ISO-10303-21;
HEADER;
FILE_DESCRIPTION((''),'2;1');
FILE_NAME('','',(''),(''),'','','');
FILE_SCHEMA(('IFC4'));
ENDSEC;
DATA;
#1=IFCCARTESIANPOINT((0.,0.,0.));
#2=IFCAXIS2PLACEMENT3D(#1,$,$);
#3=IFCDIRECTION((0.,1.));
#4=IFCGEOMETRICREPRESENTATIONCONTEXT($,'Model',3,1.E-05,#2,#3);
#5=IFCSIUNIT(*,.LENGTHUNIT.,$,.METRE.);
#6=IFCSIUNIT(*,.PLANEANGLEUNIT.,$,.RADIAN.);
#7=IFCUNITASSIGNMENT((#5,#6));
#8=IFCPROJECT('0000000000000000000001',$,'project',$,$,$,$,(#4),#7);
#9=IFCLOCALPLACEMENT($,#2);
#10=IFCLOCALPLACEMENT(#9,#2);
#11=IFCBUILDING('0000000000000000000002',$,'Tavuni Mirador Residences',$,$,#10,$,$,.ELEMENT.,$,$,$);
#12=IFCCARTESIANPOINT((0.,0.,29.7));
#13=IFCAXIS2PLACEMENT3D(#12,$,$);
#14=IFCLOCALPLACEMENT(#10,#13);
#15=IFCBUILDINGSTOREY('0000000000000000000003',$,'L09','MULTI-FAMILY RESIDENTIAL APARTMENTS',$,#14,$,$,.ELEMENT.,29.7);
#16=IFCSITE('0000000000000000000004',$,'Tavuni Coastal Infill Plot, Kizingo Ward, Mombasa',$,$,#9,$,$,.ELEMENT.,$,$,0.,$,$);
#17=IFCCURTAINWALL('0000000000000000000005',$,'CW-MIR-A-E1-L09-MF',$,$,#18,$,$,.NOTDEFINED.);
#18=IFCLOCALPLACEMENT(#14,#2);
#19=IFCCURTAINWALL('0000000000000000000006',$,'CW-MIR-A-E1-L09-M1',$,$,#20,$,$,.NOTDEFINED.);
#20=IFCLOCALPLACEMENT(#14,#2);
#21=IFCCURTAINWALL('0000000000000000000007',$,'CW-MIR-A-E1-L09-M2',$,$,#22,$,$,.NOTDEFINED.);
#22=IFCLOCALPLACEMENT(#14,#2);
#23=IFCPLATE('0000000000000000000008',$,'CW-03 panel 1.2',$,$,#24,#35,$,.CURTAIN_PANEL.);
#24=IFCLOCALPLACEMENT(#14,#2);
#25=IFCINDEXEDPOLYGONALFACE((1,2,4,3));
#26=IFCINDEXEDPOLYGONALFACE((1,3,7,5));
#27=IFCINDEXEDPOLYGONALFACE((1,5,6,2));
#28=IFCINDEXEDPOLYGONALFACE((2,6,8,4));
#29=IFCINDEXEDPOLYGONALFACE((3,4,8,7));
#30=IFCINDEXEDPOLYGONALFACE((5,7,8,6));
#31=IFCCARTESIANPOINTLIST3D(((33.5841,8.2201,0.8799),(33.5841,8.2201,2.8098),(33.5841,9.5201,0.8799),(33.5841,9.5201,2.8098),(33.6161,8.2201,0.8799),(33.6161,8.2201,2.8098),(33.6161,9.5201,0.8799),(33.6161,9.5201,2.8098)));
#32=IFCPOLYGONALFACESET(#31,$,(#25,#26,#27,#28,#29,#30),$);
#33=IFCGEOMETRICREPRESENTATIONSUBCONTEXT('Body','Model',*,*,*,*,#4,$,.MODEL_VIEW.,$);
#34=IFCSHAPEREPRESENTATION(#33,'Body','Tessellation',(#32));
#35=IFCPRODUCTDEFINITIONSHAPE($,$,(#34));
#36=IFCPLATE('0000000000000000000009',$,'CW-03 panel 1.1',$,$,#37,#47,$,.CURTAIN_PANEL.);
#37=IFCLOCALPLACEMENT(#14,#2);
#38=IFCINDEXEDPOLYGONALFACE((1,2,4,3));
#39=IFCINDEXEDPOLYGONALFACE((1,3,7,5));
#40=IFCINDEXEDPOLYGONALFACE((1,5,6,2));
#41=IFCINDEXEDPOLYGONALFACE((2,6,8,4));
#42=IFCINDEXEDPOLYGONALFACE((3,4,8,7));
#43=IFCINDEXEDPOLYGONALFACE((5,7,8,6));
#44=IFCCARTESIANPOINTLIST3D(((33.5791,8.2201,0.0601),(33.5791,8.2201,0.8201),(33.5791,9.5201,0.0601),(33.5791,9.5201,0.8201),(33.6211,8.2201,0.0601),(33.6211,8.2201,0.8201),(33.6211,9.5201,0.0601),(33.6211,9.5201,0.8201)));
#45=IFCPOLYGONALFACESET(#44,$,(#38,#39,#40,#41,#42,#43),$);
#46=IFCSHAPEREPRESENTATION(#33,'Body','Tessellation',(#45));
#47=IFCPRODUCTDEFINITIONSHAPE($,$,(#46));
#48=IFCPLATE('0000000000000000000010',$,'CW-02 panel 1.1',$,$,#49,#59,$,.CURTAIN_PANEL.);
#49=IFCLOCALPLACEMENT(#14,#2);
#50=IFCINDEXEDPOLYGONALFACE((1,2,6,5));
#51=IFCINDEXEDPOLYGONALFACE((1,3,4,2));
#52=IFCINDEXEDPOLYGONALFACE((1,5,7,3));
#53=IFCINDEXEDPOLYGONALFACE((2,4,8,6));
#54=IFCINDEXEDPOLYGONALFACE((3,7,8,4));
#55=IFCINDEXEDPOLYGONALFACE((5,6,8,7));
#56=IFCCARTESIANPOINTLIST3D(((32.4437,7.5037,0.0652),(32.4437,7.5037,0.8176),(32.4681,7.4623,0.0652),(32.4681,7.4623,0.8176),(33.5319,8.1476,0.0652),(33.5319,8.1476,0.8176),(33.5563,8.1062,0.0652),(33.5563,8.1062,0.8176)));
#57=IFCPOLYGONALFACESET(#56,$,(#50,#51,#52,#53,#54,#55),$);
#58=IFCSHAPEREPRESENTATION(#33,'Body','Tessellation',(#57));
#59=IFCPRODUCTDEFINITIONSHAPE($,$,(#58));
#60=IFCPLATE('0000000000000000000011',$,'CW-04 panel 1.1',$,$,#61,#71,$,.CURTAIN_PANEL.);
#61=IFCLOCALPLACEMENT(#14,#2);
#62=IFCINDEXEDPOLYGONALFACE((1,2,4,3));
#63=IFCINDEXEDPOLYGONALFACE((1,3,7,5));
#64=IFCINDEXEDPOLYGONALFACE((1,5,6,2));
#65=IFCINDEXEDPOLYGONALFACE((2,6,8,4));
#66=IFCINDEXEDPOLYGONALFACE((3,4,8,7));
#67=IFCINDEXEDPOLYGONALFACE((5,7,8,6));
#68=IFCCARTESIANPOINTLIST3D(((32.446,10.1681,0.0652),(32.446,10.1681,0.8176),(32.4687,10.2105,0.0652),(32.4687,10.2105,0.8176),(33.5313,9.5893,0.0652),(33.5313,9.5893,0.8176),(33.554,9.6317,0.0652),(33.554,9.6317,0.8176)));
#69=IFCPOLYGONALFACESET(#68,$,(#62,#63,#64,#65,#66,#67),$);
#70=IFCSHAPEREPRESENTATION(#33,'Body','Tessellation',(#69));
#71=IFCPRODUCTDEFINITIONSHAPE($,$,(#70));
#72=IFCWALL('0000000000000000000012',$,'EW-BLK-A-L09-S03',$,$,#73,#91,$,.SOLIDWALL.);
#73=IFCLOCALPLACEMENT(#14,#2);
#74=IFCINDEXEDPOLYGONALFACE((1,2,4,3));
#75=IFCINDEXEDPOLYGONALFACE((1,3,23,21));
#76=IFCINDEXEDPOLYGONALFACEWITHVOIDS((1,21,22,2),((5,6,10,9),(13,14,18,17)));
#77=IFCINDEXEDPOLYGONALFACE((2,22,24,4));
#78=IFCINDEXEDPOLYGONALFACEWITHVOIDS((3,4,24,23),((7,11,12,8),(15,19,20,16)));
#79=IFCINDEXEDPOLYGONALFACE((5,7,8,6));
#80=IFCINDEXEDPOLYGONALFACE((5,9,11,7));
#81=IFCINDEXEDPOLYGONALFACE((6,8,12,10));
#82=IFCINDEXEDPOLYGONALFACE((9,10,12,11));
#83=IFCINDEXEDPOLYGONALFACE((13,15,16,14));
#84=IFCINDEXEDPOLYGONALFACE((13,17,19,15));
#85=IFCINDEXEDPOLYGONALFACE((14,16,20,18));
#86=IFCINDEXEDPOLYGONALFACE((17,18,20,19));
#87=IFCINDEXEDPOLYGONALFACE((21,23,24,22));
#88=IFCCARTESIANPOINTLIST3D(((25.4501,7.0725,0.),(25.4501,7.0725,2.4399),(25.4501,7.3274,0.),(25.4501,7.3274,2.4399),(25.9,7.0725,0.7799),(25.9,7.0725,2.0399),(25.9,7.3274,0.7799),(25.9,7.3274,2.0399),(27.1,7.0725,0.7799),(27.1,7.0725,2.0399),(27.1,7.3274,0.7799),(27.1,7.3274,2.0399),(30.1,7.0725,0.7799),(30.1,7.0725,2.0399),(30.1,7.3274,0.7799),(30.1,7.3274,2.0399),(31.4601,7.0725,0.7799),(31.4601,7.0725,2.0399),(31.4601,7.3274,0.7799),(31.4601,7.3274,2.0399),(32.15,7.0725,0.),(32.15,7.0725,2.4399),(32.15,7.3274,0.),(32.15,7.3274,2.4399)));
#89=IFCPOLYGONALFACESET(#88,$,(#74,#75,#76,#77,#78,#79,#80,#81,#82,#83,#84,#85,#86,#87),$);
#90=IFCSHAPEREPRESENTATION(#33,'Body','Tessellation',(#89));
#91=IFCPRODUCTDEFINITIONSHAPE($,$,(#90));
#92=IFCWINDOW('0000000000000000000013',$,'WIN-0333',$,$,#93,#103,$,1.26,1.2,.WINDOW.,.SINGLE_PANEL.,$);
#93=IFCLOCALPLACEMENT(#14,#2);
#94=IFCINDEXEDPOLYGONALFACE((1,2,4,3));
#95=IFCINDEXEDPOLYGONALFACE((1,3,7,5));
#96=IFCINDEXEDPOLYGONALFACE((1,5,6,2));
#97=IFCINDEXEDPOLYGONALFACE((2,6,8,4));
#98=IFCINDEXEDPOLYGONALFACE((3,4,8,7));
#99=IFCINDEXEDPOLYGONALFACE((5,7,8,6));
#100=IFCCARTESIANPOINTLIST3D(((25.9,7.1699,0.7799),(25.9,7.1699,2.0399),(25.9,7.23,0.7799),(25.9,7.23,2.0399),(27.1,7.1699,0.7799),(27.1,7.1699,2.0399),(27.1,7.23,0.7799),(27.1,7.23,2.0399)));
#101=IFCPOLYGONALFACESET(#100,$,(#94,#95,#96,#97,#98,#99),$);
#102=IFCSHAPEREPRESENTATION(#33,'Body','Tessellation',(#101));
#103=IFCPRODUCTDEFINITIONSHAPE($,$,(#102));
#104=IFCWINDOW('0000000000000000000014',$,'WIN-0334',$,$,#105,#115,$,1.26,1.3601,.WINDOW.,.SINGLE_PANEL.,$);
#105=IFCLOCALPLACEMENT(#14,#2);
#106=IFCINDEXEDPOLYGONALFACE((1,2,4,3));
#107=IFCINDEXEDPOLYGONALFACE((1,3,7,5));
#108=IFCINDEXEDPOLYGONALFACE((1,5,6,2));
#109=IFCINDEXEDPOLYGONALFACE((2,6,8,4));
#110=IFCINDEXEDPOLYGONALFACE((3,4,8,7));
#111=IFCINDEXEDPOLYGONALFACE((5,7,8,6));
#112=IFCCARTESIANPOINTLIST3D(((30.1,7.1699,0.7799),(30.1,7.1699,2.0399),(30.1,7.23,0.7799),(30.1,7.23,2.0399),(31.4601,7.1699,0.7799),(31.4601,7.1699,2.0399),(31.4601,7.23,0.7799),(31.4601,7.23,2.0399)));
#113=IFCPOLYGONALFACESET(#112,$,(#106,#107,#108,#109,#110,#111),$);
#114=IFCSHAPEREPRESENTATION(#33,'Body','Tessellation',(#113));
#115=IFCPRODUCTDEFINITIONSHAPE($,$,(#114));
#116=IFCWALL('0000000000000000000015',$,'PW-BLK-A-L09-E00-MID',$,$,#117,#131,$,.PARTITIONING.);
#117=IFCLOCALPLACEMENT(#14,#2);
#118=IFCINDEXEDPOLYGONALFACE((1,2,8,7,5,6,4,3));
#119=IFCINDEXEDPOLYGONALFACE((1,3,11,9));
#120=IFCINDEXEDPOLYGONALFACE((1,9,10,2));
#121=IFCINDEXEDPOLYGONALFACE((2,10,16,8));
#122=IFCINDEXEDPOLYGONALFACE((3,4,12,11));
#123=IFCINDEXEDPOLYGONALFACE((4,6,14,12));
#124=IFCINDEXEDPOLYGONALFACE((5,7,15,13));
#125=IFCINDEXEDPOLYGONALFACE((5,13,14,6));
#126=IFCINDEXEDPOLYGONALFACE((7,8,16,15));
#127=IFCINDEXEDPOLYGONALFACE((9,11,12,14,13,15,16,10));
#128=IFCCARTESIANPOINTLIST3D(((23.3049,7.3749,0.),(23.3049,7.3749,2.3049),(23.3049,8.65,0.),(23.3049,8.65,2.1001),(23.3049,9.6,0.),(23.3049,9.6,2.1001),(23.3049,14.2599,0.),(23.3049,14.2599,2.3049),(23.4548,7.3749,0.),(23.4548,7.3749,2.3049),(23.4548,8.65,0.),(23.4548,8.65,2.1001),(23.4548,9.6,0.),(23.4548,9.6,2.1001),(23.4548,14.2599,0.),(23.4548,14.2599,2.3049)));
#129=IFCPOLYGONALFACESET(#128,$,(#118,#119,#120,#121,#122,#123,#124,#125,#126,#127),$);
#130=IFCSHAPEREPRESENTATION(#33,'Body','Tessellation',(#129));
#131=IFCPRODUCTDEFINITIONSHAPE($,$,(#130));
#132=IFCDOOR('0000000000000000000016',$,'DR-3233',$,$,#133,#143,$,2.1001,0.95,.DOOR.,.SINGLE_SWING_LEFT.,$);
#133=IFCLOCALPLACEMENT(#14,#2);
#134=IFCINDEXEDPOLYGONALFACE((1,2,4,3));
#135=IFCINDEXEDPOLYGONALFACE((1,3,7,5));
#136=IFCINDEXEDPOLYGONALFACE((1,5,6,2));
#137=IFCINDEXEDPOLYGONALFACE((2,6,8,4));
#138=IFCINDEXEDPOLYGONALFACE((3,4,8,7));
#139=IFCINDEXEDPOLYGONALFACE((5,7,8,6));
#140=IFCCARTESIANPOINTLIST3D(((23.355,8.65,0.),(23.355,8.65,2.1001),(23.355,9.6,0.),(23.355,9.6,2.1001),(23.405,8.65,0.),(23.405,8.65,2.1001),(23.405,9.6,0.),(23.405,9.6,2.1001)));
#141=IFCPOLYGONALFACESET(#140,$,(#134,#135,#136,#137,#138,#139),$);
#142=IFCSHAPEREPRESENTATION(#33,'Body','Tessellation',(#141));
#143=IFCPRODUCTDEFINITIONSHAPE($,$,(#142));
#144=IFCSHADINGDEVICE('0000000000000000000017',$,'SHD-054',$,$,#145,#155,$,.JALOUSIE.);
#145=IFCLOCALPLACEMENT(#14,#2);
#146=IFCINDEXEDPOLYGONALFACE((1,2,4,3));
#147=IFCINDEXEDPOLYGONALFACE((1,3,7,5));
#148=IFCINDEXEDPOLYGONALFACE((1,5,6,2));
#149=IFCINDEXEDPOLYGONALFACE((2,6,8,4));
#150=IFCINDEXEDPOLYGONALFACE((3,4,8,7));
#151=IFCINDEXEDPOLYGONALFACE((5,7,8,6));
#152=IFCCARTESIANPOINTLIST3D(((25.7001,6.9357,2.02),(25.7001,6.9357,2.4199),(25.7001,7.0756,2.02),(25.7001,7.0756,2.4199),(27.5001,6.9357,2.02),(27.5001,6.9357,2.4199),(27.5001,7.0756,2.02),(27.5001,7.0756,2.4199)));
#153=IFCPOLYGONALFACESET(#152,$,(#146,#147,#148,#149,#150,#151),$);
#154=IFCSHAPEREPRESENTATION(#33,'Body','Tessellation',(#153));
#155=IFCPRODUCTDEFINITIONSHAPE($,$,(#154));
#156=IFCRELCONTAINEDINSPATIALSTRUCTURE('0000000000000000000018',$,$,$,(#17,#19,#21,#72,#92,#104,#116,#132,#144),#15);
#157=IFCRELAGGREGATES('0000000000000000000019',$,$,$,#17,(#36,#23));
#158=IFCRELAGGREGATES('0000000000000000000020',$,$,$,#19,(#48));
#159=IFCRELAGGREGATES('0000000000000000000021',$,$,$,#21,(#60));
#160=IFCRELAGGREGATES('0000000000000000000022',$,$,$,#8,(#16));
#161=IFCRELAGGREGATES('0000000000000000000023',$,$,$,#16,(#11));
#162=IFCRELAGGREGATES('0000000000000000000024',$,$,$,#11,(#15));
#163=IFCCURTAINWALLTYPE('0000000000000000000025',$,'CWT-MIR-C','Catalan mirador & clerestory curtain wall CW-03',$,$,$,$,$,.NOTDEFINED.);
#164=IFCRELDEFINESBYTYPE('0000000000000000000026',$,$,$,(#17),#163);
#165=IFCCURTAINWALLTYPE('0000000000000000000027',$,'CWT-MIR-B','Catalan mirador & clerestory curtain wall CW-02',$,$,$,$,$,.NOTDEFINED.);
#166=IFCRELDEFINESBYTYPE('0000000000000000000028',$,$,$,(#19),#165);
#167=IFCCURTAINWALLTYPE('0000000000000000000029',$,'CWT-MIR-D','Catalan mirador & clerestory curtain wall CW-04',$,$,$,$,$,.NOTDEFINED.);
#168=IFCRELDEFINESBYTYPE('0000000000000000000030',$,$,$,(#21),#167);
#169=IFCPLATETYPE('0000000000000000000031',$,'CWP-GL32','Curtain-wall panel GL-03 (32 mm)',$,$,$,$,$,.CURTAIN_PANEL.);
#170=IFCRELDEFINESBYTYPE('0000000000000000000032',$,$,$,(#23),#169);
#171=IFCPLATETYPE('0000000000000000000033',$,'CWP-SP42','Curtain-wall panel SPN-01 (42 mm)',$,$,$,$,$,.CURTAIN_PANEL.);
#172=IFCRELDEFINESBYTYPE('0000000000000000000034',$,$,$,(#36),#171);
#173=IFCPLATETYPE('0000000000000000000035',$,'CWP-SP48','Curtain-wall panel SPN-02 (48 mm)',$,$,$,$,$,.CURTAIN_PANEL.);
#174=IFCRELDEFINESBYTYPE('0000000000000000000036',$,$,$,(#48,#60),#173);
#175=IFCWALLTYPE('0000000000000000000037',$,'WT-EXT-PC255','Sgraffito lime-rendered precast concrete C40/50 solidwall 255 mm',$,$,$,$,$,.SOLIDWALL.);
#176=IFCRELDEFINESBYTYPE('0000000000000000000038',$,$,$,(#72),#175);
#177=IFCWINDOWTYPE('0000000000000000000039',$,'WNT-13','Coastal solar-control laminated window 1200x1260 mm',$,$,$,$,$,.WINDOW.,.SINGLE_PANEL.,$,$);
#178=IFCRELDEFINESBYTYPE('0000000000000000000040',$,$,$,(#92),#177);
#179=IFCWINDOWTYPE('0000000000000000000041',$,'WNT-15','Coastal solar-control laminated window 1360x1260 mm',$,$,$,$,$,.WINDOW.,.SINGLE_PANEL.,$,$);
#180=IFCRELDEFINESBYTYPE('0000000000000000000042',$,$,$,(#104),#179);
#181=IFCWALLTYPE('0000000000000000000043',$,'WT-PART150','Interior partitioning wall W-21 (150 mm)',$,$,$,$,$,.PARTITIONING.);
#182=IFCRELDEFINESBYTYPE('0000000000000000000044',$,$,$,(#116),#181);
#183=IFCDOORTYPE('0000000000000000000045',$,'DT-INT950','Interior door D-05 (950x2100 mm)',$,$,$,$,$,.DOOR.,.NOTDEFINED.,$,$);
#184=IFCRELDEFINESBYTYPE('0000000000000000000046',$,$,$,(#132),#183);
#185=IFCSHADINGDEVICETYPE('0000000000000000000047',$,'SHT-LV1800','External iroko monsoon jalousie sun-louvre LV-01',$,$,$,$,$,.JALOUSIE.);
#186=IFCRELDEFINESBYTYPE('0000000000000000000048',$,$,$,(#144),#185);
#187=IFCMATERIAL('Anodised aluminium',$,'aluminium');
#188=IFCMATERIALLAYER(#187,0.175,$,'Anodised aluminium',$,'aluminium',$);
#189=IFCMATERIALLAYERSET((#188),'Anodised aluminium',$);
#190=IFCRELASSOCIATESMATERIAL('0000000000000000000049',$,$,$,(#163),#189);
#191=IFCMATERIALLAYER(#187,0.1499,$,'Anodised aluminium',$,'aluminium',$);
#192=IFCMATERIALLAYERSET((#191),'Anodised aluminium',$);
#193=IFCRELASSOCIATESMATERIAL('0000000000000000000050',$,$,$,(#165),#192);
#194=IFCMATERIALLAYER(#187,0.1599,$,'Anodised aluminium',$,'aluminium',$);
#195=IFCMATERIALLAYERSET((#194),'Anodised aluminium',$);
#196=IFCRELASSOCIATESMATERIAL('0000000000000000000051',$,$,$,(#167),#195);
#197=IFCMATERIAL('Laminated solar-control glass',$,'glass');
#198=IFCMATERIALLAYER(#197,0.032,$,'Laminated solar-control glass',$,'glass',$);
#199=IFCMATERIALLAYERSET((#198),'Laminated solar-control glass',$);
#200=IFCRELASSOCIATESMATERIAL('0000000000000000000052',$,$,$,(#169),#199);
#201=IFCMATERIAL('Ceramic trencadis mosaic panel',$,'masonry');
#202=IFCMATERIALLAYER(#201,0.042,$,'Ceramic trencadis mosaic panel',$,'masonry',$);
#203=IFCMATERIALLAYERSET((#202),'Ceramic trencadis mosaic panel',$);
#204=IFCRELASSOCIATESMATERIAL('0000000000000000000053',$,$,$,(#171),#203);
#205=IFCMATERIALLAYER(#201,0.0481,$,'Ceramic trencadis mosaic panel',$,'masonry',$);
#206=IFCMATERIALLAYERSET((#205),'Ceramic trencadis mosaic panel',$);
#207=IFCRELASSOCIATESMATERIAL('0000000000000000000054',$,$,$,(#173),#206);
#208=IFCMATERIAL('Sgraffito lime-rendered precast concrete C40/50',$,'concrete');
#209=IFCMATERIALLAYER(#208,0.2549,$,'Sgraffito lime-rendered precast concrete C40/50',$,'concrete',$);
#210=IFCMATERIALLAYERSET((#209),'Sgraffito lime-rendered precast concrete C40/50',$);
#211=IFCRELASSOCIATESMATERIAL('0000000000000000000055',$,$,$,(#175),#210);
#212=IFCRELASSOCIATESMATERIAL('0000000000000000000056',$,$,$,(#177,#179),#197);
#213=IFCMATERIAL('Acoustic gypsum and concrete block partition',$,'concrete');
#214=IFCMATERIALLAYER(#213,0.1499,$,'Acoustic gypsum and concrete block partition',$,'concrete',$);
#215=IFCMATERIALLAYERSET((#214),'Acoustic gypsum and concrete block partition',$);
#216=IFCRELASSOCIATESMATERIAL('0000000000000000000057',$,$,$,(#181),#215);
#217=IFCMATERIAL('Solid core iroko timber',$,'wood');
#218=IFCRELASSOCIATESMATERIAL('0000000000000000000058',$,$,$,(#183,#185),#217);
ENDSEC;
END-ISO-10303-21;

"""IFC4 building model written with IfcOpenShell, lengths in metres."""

from ifc_helpers import new_model, si_unit, direction, frame, frame_2d, origin, origin_2d, place, context, subcontext, project, spatial, rectangle, extrude, material, layer, layer_set, type_object, element, fill, aggregate, save


model = new_model("IFC4")

# Units and contexts
model_context = context("Model", 3, precision=1e-05, world=origin(), true_north=direction((0.0, 1.0)))
body_context = subcontext(model_context, "Body", "Model", "MODEL_VIEW")
ifc_project = project(units=[si_unit("LENGTHUNIT", "METRE"), si_unit("PLANEANGLEUNIT", "RADIAN")], contexts=[model_context])

# Site, building, storey
site_placement = place(None, origin())
site = spatial("IfcSite", under=ifc_project, at=site_placement, Name="Tavuni Coastal Infill Plot, Kizingo Ward, Mombasa", CompositionType="ELEMENT", RefElevation=0.0)
building_placement = place(site_placement, origin())
building = spatial("IfcBuilding", under=site, at=building_placement, Name="Tavuni Mirador Residences", CompositionType="ELEMENT")
storey_placement = place(building_placement, frame((0.0, 0.0, 29.7)))
storey = spatial("IfcBuildingStorey", under=building, at=storey_placement, Name="L09", Description="MULTI-FAMILY RESIDENTIAL APARTMENTS", CompositionType="ELEMENT", Elevation=29.7)

# Curtain walls
ifc_material_1 = material(Name="Anodised aluminium", Category="aluminium")
ifc_layer_1 = layer(ifc_material_1, 0.175, Name="Anodised aluminium", Category="aluminium")
ifc_layer_set_1 = layer_set([ifc_layer_1], Name="Anodised aluminium")
curtain_wall_type_1 = type_object("IfcCurtainWallType", Name="CWT-MIR-C", Description="Catalan mirador & clerestory curtain wall CW-03", PredefinedType="NOTDEFINED", material=ifc_layer_set_1)
curtain_wall_1_placement = place(storey_placement, origin())
curtain_wall_1 = element("IfcCurtainWall", 1, at=curtain_wall_1_placement, inside=storey, type_object=curtain_wall_type_1, Name="CW-MIR-A-E1-L09-MF", PredefinedType="NOTDEFINED")
ifc_layer_2 = layer(ifc_material_1, 0.1499, Name="Anodised aluminium", Category="aluminium")
ifc_layer_set_2 = layer_set([ifc_layer_2], Name="Anodised aluminium")
curtain_wall_type_2 = type_object("IfcCurtainWallType", Name="CWT-MIR-B", Description="Catalan mirador & clerestory curtain wall CW-02", PredefinedType="NOTDEFINED", material=ifc_layer_set_2)
curtain_wall_2_placement = place(storey_placement, origin())
curtain_wall_2 = element("IfcCurtainWall", 2, at=curtain_wall_2_placement, inside=storey, type_object=curtain_wall_type_2, Name="CW-MIR-A-E1-L09-M1", PredefinedType="NOTDEFINED")

# Curtain wall
ifc_layer_3 = layer(ifc_material_1, 0.1599, Name="Anodised aluminium", Category="aluminium")
ifc_layer_set_3 = layer_set([ifc_layer_3], Name="Anodised aluminium")
curtain_wall_type_3 = type_object("IfcCurtainWallType", Name="CWT-MIR-D", Description="Catalan mirador & clerestory curtain wall CW-04", PredefinedType="NOTDEFINED", material=ifc_layer_set_3)
curtain_wall_3_placement = place(storey_placement, origin())
curtain_wall_3 = element("IfcCurtainWall", 3, at=curtain_wall_3_placement, inside=storey, type_object=curtain_wall_type_3, Name="CW-MIR-A-E1-L09-M2", PredefinedType="NOTDEFINED")

# Plates
ifc_material_2 = material(Name="Laminated solar-control glass", Category="glass")
ifc_layer_4 = layer(ifc_material_2, 0.032, Name="Laminated solar-control glass", Category="glass")
ifc_layer_set_4 = layer_set([ifc_layer_4], Name="Laminated solar-control glass")
plate_type_1 = type_object("IfcPlateType", Name="CWP-GL32", Description="Curtain-wall panel GL-03 (32 mm)", PredefinedType="CURTAIN_PANEL", material=ifc_layer_set_4)
plate_1_placement = place(storey_placement, frame((33.6001, 8.8701, 0.8799), z_axis=(0.0, 0.0, 1.0), x_axis=(0.0, 1.0, 0.0)))
plate_1 = element("IfcPlate", 4, at=plate_1_placement, type_object=plate_type_1, Name="CW-03 panel 1.2", PredefinedType="CURTAIN_PANEL", context=body_context, shape_type="SweptSolid", body=[
    extrude(rectangle(XDim=1.3, YDim=0.032, at=origin_2d()), origin(), (0.0, 0.0, 1.0), 1.9299),
])
ifc_material_3 = material(Name="Ceramic trencadis mosaic panel", Category="masonry")
ifc_layer_5 = layer(ifc_material_3, 0.042, Name="Ceramic trencadis mosaic panel", Category="masonry")
ifc_layer_set_5 = layer_set([ifc_layer_5], Name="Ceramic trencadis mosaic panel")
plate_type_2 = type_object("IfcPlateType", Name="CWP-SP42", Description="Curtain-wall panel SPN-01 (42 mm)", PredefinedType="CURTAIN_PANEL", material=ifc_layer_set_5)
plate_2_placement = place(storey_placement, frame((33.6001, 8.8701, 0.0601), z_axis=(0.0, 0.0, 1.0), x_axis=(0.0, 1.0, 0.0)))
plate_2 = element("IfcPlate", 5, at=plate_2_placement, type_object=plate_type_2, Name="CW-03 panel 1.1", PredefinedType="CURTAIN_PANEL", context=body_context, shape_type="SweptSolid", body=[
    extrude(rectangle(XDim=1.3, YDim=0.042, at=origin_2d()), origin(), (0.0, 0.0, 1.0), 0.76),
])
aggregate(curtain_wall_1, [plate_2, plate_1])
ifc_layer_6 = layer(ifc_material_3, 0.0481, Name="Ceramic trencadis mosaic panel", Category="masonry")
ifc_layer_set_6 = layer_set([ifc_layer_6], Name="Ceramic trencadis mosaic panel")
plate_type_3 = type_object("IfcPlateType", Name="CWP-SP48", Description="Curtain-wall panel SPN-02 (48 mm)", PredefinedType="CURTAIN_PANEL", material=ifc_layer_set_6)
plate_3_placement = place(storey_placement, frame((33.0, 7.8049, 0.0652), z_axis=(0.0, 0.0, 1.0), x_axis=(0.860641, 0.509212, 0.0)))
plate_3 = element("IfcPlate", 6, at=plate_3_placement, type_object=plate_type_3, Name="CW-02 panel 1.1", PredefinedType="CURTAIN_PANEL", context=body_context, shape_type="SweptSolid", body=[
    extrude(rectangle(XDim=1.2644, YDim=0.0481, at=origin_2d()), origin(), (0.0, 0.0, 1.0), 0.7524),
])
aggregate(curtain_wall_2, [plate_3])
plate_4_placement = place(storey_placement, frame((33.0, 9.8999, 0.0652), z_axis=(0.0, 0.0, 1.0), x_axis=(-0.882353, 0.470588, 0.0)))
plate_4 = element("IfcPlate", 7, at=plate_4_placement, type_object=plate_type_3, Name="CW-04 panel 1.1", PredefinedType="CURTAIN_PANEL", context=body_context, shape_type="SweptSolid", body=[
    extrude(rectangle(XDim=1.23, YDim=0.0481, at=origin_2d()), origin(), (0.0, 0.0, 1.0), 0.7524),
])
aggregate(curtain_wall_3, [plate_4])

# Wall, openings, windows
ifc_material_4 = material(Name="Sgraffito lime-rendered precast concrete C40/50", Category="concrete")
ifc_layer_7 = layer(ifc_material_4, 0.2549, Name="Sgraffito lime-rendered precast concrete C40/50", Category="concrete")
ifc_layer_set_7 = layer_set([ifc_layer_7], Name="Sgraffito lime-rendered precast concrete C40/50")
wall_type_1 = type_object("IfcWallType", Name="WT-EXT-PC255", Description="Sgraffito lime-rendered precast concrete C40/50 solidwall 255 mm", PredefinedType="SOLIDWALL", material=ifc_layer_set_7)
wall_1_placement = place(storey_placement, frame((25.45, 7.2, 0.0), z_axis=(0.0, 0.0, 1.0), x_axis=(1.0, 0.0, 0.0)))
wall_1 = element("IfcWall", 8, at=wall_1_placement, inside=storey, type_object=wall_type_1, Name="EW-BLK-A-L09-S03", PredefinedType="SOLIDWALL", context=body_context, shape_type="SweptSolid", body=[
    extrude(rectangle(XDim=6.7, YDim=0.2549, at=frame_2d((3.3501, 0.0))), origin(), (0.0, 0.0, 1.0), 2.4399),
])
opening_1_placement = place(wall_1_placement, frame((0.45, 0.0, 0.78)))
opening_1 = element("IfcOpeningElement", 9, at=opening_1_placement, cuts=wall_1, PredefinedType="OPENING", context=body_context, shape_type="SweptSolid", body=[
    extrude(rectangle(XDim=1.2, YDim=1.26, at=frame_2d((0.6001, 0.6299))), frame((0.0, 0.1375, 0.0), z_axis=(0.0, -1.0, 0.0), x_axis=(1.0, 0.0, 0.0)), (0.0, 0.0, 1.0), 0.2749),
])
opening_2_placement = place(wall_1_placement, frame((4.6499, 0.0, 0.78)))
opening_2 = element("IfcOpeningElement", 10, at=opening_2_placement, cuts=wall_1, PredefinedType="OPENING", context=body_context, shape_type="SweptSolid", body=[
    extrude(rectangle(XDim=1.3601, YDim=1.26, at=frame_2d((0.6802, 0.6299))), frame((0.0, 0.1375, 0.0), z_axis=(0.0, -1.0, 0.0), x_axis=(1.0, 0.0, 0.0)), (0.0, 0.0, 1.0), 0.2749),
])
window_type_1 = type_object("IfcWindowType", Name="WNT-13", Description="Coastal solar-control laminated window 1200x1260 mm", PartitioningType="SINGLE_PANEL", PredefinedType="WINDOW", material=ifc_material_2)
window_1_placement = place(opening_1_placement, origin())
window_1 = element("IfcWindow", 11, at=window_1_placement, inside=storey, type_object=window_type_1, Name="WIN-0333", OverallHeight=1.26, OverallWidth=1.2, PartitioningType="SINGLE_PANEL", PredefinedType="WINDOW", context=body_context, shape_type="SweptSolid", body=[
    extrude(rectangle(XDim=1.2, YDim=1.26, at=frame_2d((0.6001, 0.6299))), frame((0.0, 0.03, 0.0), z_axis=(0.0, -1.0, 0.0), x_axis=(1.0, 0.0, 0.0)), (0.0, 0.0, 1.0), 0.0601),
])
fill(opening_1, window_1)
window_type_2 = type_object("IfcWindowType", Name="WNT-15", Description="Coastal solar-control laminated window 1360x1260 mm", PartitioningType="SINGLE_PANEL", PredefinedType="WINDOW", material=ifc_material_2)
window_2_placement = place(opening_2_placement, origin())
window_2 = element("IfcWindow", 12, at=window_2_placement, inside=storey, type_object=window_type_2, Name="WIN-0334", OverallHeight=1.26, OverallWidth=1.3601, PartitioningType="SINGLE_PANEL", PredefinedType="WINDOW", context=body_context, shape_type="SweptSolid", body=[
    extrude(rectangle(XDim=1.3601, YDim=1.26, at=frame_2d((0.6802, 0.6299))), frame((0.0, 0.03, 0.0), z_axis=(0.0, -1.0, 0.0), x_axis=(1.0, 0.0, 0.0)), (0.0, 0.0, 1.0), 0.0601),
])
fill(opening_2, window_2)

# Wall, opening, door
ifc_material_5 = material(Name="Acoustic gypsum and concrete block partition", Category="concrete")
ifc_layer_8 = layer(ifc_material_5, 0.1499, Name="Acoustic gypsum and concrete block partition", Category="concrete")
ifc_layer_set_8 = layer_set([ifc_layer_8], Name="Acoustic gypsum and concrete block partition")
wall_type_2 = type_object("IfcWallType", Name="WT-PART150", Description="Interior partitioning wall W-21 (150 mm)", PredefinedType="PARTITIONING", material=ifc_layer_set_8)
wall_2_placement = place(storey_placement, frame((23.3799, 7.375, 0.0), z_axis=(0.0, 0.0, 1.0), x_axis=(0.0, 1.0, 0.0)))
wall_2 = element("IfcWall", 13, at=wall_2_placement, inside=storey, type_object=wall_type_2, Name="PW-BLK-A-L09-E00-MID", PredefinedType="PARTITIONING", context=body_context, shape_type="SweptSolid", body=[
    extrude(rectangle(XDim=6.885, YDim=0.1499, at=frame_2d((3.4424, 0.0))), origin(), (0.0, 0.0, 1.0), 2.3049),
])
opening_3_placement = place(wall_2_placement, frame((1.2749, 0.0, 0.0)))
opening_3 = element("IfcOpeningElement", 14, at=opening_3_placement, cuts=wall_2, PredefinedType="OPENING", context=body_context, shape_type="SweptSolid", body=[
    extrude(rectangle(XDim=0.95, YDim=2.1001, at=frame_2d((0.4751, 1.05))), frame((0.0, 0.085, 0.0), z_axis=(0.0, -1.0, 0.0), x_axis=(1.0, 0.0, 0.0)), (0.0, 0.0, 1.0), 0.1699),
])
ifc_material_6 = material(Name="Solid core iroko timber", Category="wood")
door_type = type_object("IfcDoorType", Name="DT-INT950", Description="Interior door D-05 (950x2100 mm)", OperationType="NOTDEFINED", PredefinedType="DOOR", material=ifc_material_6)
door_placement = place(opening_3_placement, origin())
door = element("IfcDoor", 15, at=door_placement, inside=storey, type_object=door_type, Name="DR-3233", OperationType="SINGLE_SWING_LEFT", OverallHeight=2.1001, OverallWidth=0.95, PredefinedType="DOOR", context=body_context, shape_type="SweptSolid", body=[
    extrude(rectangle(XDim=0.95, YDim=2.1001, at=frame_2d((0.4751, 1.05))), frame((0.0, 0.0249, 0.0), z_axis=(0.0, -1.0, 0.0), x_axis=(1.0, 0.0, 0.0)), (0.0, 0.0, 1.0), 0.05),
])
fill(opening_3, door)

# Shading device
shading_device_type = type_object("IfcShadingDeviceType", Name="SHT-LV1800", Description="External iroko monsoon jalousie sun-louvre LV-01", PredefinedType="JALOUSIE", material=ifc_material_6)
shading_device_placement = place(storey_placement, frame((26.6001, 7.0056, 2.02), z_axis=(0.0, 0.0, 1.0), x_axis=(1.0, 0.0, 0.0)))
element("IfcShadingDevice", 16, at=shading_device_placement, inside=storey, type_object=shading_device_type, Name="SHD-054", PredefinedType="JALOUSIE", context=body_context, shape_type="SweptSolid", body=[
    extrude(rectangle(XDim=1.8, YDim=0.1399, at=origin_2d()), origin(), (0.0, 0.0, 1.0), 0.3999),
])

save(model, "model.ifc")
